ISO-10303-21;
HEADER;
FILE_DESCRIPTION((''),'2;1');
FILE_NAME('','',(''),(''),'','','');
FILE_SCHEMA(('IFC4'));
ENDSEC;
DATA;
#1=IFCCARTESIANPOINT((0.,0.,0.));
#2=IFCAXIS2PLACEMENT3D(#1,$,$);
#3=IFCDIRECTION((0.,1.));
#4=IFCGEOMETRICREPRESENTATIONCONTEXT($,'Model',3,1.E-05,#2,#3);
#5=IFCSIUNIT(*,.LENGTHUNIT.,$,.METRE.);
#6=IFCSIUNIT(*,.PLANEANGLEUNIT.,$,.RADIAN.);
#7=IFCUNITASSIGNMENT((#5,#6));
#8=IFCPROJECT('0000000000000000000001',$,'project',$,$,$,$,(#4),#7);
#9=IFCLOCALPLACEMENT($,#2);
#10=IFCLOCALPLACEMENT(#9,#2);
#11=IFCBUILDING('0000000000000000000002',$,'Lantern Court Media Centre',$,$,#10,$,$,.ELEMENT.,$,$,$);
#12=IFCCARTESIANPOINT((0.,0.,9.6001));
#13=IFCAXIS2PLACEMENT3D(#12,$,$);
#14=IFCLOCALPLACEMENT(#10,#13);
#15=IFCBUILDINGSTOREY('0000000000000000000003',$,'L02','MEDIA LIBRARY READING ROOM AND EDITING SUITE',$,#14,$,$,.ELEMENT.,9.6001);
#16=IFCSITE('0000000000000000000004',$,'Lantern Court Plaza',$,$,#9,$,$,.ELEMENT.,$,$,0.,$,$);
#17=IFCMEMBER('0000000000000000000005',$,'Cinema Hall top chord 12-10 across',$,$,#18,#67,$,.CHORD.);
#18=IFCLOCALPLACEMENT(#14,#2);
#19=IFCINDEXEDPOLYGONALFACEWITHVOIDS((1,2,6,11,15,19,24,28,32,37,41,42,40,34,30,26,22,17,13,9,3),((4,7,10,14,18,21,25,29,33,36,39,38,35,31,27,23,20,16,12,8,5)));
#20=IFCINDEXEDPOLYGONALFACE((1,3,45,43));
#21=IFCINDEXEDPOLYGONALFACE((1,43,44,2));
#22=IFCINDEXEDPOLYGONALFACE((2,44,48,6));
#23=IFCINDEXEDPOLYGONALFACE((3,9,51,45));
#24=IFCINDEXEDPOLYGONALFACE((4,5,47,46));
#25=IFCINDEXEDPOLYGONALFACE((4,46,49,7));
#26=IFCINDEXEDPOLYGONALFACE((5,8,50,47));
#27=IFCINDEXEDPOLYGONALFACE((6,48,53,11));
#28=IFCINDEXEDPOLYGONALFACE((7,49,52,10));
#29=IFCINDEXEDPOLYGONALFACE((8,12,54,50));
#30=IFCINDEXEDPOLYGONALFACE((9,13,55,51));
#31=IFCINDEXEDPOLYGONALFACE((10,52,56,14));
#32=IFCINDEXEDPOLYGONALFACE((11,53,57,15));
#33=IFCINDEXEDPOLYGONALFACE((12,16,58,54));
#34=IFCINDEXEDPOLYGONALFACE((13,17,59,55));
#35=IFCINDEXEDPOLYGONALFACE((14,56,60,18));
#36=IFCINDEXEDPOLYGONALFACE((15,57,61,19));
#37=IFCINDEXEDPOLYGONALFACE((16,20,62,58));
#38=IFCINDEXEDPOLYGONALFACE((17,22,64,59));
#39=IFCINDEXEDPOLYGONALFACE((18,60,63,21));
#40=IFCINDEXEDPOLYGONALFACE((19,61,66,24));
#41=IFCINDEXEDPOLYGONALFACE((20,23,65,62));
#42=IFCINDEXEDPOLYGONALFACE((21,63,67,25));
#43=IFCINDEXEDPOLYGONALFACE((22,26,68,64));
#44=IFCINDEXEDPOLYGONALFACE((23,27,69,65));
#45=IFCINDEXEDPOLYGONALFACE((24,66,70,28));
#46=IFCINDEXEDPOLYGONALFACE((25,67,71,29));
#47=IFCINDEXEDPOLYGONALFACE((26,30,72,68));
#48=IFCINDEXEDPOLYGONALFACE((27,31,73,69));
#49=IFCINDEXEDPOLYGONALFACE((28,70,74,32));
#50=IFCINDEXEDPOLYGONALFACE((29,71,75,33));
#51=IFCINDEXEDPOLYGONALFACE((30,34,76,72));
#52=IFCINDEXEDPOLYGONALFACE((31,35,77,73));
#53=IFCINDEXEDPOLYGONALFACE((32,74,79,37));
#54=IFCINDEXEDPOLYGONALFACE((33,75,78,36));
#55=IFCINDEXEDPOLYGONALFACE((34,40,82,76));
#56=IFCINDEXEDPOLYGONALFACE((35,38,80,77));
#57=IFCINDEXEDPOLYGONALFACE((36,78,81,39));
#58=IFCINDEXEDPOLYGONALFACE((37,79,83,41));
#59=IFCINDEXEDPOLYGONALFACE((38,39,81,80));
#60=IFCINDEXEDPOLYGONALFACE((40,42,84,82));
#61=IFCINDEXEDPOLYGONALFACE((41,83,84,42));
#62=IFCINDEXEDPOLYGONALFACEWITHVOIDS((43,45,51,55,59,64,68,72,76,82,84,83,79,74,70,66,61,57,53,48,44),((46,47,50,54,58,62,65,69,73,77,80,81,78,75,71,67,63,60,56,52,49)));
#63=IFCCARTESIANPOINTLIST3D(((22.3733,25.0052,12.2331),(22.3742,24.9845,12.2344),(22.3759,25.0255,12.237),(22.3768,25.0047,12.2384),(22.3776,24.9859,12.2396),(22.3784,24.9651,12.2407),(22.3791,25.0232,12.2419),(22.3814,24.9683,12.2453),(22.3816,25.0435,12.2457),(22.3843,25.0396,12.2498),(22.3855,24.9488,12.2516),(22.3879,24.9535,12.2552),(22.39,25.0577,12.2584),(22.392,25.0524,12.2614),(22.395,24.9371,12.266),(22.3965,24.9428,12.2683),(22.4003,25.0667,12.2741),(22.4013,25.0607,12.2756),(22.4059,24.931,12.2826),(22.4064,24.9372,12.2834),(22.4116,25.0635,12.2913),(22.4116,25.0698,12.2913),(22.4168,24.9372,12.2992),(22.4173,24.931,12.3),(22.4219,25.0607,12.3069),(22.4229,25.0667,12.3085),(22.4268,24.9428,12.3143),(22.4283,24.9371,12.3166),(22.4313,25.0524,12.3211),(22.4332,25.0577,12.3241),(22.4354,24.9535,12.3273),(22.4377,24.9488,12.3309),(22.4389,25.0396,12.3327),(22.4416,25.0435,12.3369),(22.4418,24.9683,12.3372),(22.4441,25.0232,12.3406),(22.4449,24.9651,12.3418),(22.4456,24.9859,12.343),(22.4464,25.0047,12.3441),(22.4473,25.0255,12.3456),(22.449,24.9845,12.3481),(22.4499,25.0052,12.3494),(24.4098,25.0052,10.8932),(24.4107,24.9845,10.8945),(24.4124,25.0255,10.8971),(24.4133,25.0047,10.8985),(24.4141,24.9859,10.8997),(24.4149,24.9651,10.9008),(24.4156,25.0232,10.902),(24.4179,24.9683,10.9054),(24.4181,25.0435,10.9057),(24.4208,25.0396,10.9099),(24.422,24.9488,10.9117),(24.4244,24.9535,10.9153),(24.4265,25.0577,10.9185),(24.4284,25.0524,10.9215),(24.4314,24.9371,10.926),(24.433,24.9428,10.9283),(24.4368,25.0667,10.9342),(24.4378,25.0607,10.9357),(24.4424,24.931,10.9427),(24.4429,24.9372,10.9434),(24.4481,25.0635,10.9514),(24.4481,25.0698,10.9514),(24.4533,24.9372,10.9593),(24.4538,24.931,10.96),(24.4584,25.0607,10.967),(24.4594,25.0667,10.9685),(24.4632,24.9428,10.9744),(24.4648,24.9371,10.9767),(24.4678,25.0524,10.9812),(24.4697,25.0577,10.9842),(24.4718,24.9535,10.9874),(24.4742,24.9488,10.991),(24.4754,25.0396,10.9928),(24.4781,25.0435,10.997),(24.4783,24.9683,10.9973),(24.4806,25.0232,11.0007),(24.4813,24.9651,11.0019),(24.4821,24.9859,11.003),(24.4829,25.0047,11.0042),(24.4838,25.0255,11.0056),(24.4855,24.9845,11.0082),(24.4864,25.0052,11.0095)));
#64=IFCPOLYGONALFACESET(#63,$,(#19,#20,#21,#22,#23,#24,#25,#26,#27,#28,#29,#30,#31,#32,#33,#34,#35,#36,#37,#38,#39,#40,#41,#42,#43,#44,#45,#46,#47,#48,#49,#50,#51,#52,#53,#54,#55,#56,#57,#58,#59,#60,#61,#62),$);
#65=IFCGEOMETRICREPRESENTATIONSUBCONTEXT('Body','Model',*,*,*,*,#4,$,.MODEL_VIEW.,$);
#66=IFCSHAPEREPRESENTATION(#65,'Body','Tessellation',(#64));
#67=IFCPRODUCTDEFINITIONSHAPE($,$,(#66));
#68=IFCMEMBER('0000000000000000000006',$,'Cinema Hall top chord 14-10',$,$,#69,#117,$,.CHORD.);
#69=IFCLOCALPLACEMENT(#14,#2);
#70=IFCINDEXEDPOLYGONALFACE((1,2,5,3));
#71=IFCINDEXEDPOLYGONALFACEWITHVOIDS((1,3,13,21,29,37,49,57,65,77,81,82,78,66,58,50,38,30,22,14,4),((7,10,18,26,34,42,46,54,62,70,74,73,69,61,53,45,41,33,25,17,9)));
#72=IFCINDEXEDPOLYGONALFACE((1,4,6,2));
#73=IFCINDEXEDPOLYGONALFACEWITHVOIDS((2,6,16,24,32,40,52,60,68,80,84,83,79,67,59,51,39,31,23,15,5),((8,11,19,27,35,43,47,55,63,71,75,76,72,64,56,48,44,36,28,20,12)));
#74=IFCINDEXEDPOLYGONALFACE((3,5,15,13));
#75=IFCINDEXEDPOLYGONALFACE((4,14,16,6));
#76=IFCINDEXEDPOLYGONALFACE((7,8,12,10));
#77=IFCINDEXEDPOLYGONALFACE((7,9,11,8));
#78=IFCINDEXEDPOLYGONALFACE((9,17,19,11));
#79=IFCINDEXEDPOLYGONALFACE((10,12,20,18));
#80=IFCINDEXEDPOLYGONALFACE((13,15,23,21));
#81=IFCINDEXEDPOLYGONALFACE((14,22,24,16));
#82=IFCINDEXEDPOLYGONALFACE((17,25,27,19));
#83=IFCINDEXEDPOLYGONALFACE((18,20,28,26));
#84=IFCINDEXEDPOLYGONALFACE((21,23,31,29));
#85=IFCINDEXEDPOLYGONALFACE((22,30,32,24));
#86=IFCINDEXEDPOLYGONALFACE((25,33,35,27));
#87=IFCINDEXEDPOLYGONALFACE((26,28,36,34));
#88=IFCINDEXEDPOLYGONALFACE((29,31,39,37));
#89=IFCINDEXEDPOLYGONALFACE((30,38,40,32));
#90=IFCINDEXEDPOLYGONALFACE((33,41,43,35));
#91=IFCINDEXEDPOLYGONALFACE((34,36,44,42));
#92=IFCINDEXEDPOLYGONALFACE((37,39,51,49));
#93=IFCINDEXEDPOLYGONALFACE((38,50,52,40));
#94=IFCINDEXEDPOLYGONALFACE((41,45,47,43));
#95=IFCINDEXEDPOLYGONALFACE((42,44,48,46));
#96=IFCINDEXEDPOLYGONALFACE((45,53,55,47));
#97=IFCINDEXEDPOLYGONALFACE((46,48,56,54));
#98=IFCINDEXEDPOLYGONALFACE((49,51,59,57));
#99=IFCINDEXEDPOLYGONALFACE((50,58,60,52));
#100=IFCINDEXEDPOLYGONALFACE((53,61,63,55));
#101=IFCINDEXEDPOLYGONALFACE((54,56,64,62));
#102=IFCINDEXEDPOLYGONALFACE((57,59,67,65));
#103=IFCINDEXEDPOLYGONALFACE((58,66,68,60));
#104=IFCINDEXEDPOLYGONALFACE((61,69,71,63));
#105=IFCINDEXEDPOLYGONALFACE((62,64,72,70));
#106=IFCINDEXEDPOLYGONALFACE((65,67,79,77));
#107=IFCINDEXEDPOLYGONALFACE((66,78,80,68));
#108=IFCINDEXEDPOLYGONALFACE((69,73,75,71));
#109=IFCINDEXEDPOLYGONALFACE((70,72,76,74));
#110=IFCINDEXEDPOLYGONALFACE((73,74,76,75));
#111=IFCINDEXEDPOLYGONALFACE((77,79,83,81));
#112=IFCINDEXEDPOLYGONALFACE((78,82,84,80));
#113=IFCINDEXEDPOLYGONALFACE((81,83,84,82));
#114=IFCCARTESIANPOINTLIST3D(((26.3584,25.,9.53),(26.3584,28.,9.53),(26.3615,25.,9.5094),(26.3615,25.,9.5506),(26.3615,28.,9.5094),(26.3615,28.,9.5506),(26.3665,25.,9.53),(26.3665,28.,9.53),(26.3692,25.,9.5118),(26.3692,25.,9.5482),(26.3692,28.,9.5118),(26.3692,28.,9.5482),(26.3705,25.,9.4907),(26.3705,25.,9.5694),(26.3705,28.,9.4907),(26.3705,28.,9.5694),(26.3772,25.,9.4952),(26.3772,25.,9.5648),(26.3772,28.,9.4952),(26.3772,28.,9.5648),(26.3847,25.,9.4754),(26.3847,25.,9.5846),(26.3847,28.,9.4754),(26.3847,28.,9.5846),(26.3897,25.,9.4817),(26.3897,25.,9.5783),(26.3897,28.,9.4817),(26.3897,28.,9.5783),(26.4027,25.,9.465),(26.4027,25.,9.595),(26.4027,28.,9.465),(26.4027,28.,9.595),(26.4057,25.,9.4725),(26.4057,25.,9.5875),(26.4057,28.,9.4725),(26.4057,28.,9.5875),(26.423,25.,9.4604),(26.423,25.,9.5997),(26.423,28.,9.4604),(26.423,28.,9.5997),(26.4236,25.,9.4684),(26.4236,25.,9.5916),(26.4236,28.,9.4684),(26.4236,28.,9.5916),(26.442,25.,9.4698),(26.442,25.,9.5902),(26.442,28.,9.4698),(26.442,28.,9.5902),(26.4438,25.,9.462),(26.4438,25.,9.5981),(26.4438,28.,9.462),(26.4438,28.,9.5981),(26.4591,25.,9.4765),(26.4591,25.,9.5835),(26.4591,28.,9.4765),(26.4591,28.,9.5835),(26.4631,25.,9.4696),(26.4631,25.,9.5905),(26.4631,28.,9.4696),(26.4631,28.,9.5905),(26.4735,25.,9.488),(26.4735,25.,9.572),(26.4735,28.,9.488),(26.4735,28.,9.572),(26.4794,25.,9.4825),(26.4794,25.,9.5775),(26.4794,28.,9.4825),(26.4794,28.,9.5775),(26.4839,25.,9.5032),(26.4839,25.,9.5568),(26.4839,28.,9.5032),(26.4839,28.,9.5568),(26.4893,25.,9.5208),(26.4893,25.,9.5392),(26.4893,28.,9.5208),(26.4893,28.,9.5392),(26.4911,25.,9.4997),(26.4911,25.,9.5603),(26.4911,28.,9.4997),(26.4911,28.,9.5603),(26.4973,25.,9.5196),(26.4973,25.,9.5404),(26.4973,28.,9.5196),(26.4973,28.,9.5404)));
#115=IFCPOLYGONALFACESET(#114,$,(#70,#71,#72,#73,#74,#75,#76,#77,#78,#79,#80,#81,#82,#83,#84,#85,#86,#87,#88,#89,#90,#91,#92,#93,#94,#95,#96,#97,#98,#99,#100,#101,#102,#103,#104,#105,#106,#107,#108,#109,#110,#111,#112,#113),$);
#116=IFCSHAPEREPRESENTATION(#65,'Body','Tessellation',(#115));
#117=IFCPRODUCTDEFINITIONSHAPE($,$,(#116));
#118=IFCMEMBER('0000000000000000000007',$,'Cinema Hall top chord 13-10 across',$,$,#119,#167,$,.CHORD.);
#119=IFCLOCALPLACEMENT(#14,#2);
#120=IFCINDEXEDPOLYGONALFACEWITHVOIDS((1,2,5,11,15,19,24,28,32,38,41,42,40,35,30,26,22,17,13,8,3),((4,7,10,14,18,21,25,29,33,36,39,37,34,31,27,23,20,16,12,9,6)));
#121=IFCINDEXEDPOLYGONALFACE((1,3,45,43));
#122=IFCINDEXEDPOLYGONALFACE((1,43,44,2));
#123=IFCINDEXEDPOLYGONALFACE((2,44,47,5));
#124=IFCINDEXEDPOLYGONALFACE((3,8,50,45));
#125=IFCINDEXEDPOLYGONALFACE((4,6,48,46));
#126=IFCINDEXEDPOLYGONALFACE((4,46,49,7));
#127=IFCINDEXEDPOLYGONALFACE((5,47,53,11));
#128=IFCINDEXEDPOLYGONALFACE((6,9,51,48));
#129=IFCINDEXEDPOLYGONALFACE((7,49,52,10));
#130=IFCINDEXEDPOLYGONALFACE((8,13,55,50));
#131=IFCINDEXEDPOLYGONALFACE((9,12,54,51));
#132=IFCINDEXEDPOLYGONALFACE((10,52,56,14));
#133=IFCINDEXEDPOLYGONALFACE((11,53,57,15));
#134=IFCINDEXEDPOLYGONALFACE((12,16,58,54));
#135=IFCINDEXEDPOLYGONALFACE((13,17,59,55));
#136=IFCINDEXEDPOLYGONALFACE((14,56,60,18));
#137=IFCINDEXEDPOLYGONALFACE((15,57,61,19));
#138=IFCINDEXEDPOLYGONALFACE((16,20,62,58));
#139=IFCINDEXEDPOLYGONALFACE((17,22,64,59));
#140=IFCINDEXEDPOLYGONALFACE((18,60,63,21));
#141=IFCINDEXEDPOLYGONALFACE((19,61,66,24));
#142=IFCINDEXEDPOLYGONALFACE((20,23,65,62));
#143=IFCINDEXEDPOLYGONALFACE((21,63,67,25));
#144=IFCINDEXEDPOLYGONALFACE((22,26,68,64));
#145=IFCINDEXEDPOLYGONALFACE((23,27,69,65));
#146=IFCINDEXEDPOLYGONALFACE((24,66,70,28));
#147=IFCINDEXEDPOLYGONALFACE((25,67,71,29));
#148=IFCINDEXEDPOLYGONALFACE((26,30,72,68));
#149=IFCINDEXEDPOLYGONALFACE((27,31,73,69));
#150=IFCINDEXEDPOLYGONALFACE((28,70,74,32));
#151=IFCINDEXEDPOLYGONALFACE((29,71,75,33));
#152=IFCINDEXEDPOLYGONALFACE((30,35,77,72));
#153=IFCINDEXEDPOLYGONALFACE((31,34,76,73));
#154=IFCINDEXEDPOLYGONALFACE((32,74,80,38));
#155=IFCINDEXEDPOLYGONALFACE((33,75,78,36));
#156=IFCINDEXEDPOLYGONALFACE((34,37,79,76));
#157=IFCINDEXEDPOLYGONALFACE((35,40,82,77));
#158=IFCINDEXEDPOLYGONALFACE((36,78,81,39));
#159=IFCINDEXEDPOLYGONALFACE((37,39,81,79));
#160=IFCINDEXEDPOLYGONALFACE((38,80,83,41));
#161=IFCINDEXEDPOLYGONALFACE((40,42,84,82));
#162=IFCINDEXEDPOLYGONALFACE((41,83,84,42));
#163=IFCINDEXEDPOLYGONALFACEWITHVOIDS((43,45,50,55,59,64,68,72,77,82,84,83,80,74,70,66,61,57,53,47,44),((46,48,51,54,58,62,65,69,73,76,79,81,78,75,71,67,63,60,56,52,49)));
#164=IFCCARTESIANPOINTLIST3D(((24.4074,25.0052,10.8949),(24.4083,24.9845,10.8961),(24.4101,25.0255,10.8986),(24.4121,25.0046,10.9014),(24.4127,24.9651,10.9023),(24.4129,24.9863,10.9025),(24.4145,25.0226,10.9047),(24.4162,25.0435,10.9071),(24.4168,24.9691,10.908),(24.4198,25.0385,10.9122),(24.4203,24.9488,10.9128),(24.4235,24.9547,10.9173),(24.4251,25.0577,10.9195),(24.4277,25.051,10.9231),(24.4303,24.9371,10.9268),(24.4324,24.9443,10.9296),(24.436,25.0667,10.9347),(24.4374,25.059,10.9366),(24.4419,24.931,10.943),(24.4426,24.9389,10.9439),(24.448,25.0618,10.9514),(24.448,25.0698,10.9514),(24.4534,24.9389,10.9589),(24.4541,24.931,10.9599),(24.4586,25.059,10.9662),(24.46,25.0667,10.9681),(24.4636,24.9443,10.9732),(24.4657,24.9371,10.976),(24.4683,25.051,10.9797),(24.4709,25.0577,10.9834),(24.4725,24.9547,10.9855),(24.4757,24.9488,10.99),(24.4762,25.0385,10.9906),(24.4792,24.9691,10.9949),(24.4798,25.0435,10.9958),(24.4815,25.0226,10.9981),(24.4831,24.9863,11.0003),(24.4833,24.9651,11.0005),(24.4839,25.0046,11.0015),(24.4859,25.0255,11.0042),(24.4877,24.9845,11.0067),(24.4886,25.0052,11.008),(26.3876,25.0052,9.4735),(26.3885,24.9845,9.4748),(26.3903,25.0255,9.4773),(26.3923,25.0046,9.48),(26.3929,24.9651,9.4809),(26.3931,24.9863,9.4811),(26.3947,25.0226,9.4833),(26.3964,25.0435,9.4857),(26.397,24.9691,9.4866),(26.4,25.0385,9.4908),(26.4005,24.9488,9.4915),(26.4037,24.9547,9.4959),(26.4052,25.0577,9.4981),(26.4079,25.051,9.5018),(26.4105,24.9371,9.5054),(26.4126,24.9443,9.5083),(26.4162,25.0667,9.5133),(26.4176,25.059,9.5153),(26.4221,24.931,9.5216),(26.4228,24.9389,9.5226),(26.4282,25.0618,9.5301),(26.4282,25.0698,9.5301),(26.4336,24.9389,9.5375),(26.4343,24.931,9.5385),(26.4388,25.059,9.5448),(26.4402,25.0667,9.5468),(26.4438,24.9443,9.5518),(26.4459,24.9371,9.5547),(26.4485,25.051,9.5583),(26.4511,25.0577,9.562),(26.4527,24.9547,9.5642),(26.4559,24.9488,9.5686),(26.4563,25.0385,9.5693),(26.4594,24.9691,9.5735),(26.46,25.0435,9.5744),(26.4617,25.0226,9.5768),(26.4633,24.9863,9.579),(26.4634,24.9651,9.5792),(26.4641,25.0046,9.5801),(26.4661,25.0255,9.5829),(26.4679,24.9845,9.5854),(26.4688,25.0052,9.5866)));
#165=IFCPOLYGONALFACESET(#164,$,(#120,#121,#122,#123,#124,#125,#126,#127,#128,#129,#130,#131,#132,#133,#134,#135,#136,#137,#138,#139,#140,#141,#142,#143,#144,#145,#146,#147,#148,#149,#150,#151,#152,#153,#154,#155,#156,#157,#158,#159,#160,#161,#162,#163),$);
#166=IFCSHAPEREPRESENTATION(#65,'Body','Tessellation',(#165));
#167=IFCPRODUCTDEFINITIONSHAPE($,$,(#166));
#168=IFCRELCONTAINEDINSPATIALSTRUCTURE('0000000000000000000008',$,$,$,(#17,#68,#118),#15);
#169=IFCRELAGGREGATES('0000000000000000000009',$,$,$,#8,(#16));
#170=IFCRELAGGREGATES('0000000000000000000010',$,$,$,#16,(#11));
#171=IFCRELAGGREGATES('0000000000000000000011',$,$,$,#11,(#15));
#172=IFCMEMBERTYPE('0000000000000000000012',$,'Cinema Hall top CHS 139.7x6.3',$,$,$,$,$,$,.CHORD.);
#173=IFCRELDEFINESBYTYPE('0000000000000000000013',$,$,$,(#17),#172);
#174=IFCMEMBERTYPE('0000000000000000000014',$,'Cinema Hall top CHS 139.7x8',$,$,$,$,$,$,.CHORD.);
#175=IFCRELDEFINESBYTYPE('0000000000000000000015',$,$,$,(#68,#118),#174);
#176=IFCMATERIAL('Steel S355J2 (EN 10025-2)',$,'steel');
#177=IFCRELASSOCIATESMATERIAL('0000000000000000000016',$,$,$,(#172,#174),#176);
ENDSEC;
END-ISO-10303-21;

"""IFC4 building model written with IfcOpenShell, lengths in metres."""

from ifc_helpers import new_model, si_unit, direction, frame, origin, origin_2d, place, context, subcontext, project, spatial, hollow_circle, extrude, material, material_profile, profile_set, type_object, element, save


model = new_model("IFC4")

# Units and contexts
model_context = context("Model", 3, precision=1e-05, world=origin(), true_north=direction((0.0, 1.0)))
body_context = subcontext(model_context, "Body", "Model", "MODEL_VIEW")
ifc_project = project(units=[si_unit("LENGTHUNIT", "METRE"), si_unit("PLANEANGLEUNIT", "RADIAN")], contexts=[model_context])

# Site, building, storey
site_placement = place(None, origin())
site = spatial("IfcSite", under=ifc_project, at=site_placement, Name="Lantern Court Plaza", CompositionType="ELEMENT", RefElevation=0.0)
building_placement = place(site_placement, origin())
building = spatial("IfcBuilding", under=site, at=building_placement, Name="Lantern Court Media Centre", CompositionType="ELEMENT")
storey_placement = place(building_placement, frame((0.0, 0.0, 9.6001)))
storey = spatial("IfcBuildingStorey", under=building, at=storey_placement, Name="L02", Description="MEDIA LIBRARY READING ROOM AND EDITING SUITE", CompositionType="ELEMENT", Elevation=9.6001)

# Members
ifc_material = material(Name="Steel S355J2 (EN 10025-2)", Category="steel")
ifc_material_profile_1 = material_profile(ifc_material, hollow_circle(Radius=0.0698, WallThickness=0.0063, at=origin_2d()), Name="Cinema Hall top CHS 139.7x6.3")
ifc_profile_set_1 = profile_set([ifc_material_profile_1], Name="Steel S355J2 (EN 10025-2)")
member_type_1 = type_object("IfcMemberType", Name="Cinema Hall top CHS 139.7x6.3", PredefinedType="CHORD", material=ifc_profile_set_1)
member_1_placement = place(storey_placement, frame((22.4116, 25.0, 12.2913), z_axis=(0.835394, 0.0, -0.549651), x_axis=(0.0, 1.0, 0.0)))
element("IfcMember", 1, at=member_1_placement, inside=storey, type_object=member_type_1, Name="Cinema Hall top chord 12-10 across", PredefinedType="CHORD", context=body_context, shape_type="SweptSolid", body=[
    extrude(hollow_circle(Radius=0.0698, WallThickness=0.0063, at=origin_2d()), origin(), (0.0, 0.0, 1.0), 2.4377),
])
ifc_material_profile_2 = material_profile(ifc_material, hollow_circle(Radius=0.0698, WallThickness=0.0081, at=origin_2d()), Name="Cinema Hall top CHS 139.7x8")
ifc_profile_set_2 = profile_set([ifc_material_profile_2], Name="Steel S355J2 (EN 10025-2)")
member_type_2 = type_object("IfcMemberType", Name="Cinema Hall top CHS 139.7x8", PredefinedType="CHORD", material=ifc_profile_set_2)
member_2_placement = place(storey_placement, frame((26.4282, 25.0, 9.53), z_axis=(0.0, 1.0, 0.0), x_axis=(-1.0, 0.0, 0.0)))
element("IfcMember", 2, at=member_2_placement, inside=storey, type_object=member_type_2, Name="Cinema Hall top chord 14-10", PredefinedType="CHORD", context=body_context, shape_type="SweptSolid", body=[
    extrude(hollow_circle(Radius=0.0698, WallThickness=0.0081, at=origin_2d()), origin(), (0.0, 0.0, 1.0), 3.0),
])
member_3_placement = place(storey_placement, frame((24.448, 25.0, 10.9514), z_axis=(0.812385, 0.0, -0.583122), x_axis=(0.0, 1.0, 0.0)))
element("IfcMember", 3, at=member_3_placement, inside=storey, type_object=member_type_2, Name="Cinema Hall top chord 13-10 across", PredefinedType="CHORD", context=body_context, shape_type="SweptSolid", body=[
    extrude(hollow_circle(Radius=0.0698, WallThickness=0.0081, at=origin_2d()), origin(), (0.0, 0.0, 1.0), 2.4375),
])

save(model, "model.ifc")
